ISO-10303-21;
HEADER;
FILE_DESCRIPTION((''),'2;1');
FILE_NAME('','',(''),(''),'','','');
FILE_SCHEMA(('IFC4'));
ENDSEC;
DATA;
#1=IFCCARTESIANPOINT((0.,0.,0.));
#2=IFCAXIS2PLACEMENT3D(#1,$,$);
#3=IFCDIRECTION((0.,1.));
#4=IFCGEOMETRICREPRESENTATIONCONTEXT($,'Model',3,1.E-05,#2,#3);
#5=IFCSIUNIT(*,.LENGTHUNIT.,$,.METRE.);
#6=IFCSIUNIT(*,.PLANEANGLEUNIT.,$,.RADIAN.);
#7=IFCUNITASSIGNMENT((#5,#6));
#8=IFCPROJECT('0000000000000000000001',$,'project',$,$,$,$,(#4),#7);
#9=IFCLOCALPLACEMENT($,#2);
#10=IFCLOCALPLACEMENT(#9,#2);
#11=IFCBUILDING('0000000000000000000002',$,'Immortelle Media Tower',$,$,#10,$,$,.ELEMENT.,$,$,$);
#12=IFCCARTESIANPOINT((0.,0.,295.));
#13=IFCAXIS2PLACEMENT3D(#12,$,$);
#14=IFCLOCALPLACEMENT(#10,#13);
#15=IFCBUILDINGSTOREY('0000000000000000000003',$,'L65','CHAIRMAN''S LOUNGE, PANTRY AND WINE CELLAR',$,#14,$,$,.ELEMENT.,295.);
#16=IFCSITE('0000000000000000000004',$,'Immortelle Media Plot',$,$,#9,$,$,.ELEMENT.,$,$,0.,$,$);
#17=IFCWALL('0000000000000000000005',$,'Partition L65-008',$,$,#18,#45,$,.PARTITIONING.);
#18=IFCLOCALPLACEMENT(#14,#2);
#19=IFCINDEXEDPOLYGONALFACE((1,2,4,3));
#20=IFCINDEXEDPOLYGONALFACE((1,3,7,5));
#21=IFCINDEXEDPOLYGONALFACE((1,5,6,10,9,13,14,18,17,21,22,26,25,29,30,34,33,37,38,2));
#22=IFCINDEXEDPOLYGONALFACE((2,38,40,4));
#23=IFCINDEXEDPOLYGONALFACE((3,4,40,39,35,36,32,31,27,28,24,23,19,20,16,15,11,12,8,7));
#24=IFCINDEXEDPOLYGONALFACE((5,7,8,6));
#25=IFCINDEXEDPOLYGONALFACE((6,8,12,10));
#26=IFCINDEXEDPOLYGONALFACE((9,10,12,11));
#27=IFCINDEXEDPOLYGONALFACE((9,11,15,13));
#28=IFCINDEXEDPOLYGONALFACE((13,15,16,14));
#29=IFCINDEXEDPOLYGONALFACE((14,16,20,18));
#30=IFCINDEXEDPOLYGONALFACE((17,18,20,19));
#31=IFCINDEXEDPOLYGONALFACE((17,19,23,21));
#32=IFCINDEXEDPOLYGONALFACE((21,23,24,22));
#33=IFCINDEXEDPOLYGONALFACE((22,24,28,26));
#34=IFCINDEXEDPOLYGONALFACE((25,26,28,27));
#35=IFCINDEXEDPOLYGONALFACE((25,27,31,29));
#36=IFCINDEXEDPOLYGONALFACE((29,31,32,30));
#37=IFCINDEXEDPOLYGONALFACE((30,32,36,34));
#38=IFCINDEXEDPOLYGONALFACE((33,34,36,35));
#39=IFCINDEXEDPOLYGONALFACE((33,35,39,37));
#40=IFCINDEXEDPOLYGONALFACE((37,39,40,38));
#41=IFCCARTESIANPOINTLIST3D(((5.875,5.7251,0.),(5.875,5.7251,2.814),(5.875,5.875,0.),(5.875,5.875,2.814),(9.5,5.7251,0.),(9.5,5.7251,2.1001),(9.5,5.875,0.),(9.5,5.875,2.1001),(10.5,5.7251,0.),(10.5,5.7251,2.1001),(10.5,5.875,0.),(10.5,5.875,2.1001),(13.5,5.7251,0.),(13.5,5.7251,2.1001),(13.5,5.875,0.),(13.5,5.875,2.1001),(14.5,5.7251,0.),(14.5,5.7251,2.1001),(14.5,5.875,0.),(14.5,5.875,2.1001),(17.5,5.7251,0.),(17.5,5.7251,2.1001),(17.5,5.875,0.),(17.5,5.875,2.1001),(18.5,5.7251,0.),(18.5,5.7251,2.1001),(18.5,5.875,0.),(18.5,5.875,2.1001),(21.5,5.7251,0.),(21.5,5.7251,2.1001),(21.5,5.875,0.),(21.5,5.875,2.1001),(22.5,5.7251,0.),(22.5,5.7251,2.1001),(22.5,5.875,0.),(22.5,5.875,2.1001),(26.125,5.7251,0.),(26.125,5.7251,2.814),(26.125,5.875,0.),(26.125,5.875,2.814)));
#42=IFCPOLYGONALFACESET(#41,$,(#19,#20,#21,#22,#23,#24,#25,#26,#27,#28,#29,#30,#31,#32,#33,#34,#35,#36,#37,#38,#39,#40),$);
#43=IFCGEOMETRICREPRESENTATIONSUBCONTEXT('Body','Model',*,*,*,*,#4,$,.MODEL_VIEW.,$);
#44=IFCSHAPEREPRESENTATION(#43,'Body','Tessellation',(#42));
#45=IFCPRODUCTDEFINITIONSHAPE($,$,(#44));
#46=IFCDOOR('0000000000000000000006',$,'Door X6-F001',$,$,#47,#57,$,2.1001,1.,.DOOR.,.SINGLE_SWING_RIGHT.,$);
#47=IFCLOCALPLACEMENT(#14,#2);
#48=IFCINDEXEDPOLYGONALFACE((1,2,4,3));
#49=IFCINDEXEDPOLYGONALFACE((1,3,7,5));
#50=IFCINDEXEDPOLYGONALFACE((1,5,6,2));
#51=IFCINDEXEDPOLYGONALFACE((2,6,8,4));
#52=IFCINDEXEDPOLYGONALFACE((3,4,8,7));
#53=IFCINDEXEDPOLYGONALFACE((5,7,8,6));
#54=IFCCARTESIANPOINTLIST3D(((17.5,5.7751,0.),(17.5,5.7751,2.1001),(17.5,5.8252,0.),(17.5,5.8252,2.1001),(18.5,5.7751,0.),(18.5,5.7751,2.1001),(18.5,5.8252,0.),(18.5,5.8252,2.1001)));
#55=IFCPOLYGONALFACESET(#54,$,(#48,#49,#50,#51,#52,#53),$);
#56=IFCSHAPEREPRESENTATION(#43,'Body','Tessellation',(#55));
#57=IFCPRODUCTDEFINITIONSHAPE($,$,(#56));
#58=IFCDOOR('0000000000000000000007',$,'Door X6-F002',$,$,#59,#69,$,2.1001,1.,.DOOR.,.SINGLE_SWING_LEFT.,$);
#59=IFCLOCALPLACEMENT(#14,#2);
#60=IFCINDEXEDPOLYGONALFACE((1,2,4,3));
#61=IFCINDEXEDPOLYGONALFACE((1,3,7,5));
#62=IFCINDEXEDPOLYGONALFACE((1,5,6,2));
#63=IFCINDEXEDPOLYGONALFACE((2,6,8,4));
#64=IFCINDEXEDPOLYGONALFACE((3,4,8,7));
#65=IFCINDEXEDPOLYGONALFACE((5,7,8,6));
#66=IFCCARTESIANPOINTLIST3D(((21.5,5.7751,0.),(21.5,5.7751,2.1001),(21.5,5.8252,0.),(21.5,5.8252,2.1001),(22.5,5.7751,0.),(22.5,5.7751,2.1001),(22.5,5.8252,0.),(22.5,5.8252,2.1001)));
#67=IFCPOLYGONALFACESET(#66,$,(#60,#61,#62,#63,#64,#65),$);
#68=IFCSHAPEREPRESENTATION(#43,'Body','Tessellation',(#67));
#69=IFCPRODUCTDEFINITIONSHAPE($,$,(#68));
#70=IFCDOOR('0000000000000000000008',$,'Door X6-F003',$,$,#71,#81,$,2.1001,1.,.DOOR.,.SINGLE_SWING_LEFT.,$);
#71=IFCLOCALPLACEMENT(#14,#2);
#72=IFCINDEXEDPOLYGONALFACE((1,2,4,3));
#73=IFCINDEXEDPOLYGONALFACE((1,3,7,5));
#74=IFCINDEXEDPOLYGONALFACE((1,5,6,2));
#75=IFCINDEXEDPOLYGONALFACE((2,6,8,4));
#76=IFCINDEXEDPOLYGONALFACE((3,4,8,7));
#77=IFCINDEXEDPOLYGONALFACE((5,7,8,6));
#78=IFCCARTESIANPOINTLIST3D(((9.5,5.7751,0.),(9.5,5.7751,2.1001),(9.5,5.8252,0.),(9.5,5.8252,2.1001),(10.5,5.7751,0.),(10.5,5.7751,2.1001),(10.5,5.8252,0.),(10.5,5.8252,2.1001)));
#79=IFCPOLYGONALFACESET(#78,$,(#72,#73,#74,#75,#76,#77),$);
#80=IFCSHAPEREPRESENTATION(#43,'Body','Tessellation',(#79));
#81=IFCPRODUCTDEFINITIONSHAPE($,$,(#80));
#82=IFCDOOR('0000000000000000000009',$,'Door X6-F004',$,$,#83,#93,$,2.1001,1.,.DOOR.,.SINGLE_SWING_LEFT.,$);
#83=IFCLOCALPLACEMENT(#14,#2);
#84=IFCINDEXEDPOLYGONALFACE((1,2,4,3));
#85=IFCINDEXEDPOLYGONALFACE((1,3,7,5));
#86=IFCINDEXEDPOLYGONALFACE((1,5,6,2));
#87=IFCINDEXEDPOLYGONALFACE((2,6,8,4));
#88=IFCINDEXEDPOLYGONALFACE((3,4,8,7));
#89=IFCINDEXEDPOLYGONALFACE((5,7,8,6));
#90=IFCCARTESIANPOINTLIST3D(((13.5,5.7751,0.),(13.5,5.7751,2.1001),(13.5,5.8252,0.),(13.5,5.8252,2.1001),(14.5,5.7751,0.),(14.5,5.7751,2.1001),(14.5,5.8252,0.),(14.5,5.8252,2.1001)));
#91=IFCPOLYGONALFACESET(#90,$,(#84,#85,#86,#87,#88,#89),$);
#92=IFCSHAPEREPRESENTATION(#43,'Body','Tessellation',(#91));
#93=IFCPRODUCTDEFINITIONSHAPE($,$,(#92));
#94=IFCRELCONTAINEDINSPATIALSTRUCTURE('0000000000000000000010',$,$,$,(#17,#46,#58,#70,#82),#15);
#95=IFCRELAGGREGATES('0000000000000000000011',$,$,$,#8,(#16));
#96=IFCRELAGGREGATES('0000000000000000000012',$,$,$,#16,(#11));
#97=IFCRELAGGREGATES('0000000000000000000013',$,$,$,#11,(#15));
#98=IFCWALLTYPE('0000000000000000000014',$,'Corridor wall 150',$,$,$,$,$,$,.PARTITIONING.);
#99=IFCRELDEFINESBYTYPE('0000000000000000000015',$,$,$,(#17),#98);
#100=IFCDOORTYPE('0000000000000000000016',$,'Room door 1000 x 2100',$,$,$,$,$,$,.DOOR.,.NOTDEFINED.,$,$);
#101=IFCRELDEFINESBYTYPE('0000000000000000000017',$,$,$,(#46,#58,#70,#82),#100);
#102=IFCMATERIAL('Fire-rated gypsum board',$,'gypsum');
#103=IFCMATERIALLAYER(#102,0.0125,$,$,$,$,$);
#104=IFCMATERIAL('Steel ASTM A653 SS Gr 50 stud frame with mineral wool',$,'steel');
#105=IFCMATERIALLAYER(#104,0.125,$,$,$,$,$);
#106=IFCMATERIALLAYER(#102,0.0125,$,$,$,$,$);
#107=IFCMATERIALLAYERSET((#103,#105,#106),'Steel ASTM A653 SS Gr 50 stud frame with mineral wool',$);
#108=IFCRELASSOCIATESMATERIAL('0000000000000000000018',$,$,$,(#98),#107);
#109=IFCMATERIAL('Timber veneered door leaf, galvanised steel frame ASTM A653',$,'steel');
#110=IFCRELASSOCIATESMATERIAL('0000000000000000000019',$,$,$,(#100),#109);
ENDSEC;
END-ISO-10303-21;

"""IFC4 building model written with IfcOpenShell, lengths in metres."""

from ifc_helpers import new_model, si_unit, direction, frame, frame_2d, origin, place, context, subcontext, project, spatial, rectangle, extrude, material, layer, layer_set, type_object, element, fill, save


model = new_model("IFC4")

# Units and contexts
model_context = context("Model", 3, precision=1e-05, world=origin(), true_north=direction((0.0, 1.0)))
body_context = subcontext(model_context, "Body", "Model", "MODEL_VIEW")
ifc_project = project(units=[si_unit("LENGTHUNIT", "METRE"), si_unit("PLANEANGLEUNIT", "RADIAN")], contexts=[model_context])

# Site, building, storey
site_placement = place(None, origin())
site = spatial("IfcSite", under=ifc_project, at=site_placement, Name="Immortelle Media Plot", CompositionType="ELEMENT", RefElevation=0.0)
building_placement = place(site_placement, origin())
building = spatial("IfcBuilding", under=site, at=building_placement, Name="Immortelle Media Tower", CompositionType="ELEMENT")
storey_placement = place(building_placement, frame((0.0, 0.0, 295.0)))
storey = spatial("IfcBuildingStorey", under=building, at=storey_placement, Name="L65", Description="CHAIRMAN'S LOUNGE, PANTRY AND WINE CELLAR", CompositionType="ELEMENT", Elevation=295.0)

# Wall, openings, doors
ifc_material_1 = material(Name="Fire-rated gypsum board", Category="gypsum")
ifc_layer_1 = layer(ifc_material_1, 0.0125)
ifc_material_2 = material(Name="Steel ASTM A653 SS Gr 50 stud frame with mineral wool", Category="steel")
ifc_layer_2 = layer(ifc_material_2, 0.125)
ifc_layer_3 = layer(ifc_material_1, 0.0125)
ifc_layer_set_1 = layer_set([ifc_layer_1, ifc_layer_2, ifc_layer_3], Name="Steel ASTM A653 SS Gr 50 stud frame with mineral wool")
wall_type_1 = type_object("IfcWallType", Name="Corridor wall 150", PredefinedType="PARTITIONING", material=ifc_layer_set_1)
wall_1_placement = place(storey_placement, frame((5.875, 5.8, 0.0), z_axis=(0.0, 0.0, 1.0), x_axis=(1.0, 0.0, 0.0)))
wall_1 = element("IfcWall", 1, at=wall_1_placement, inside=storey, type_object=wall_type_1, Name="Partition L65-008", PredefinedType="PARTITIONING", context=body_context, shape_type="SweptSolid", body=[
    extrude(rectangle(XDim=20.25, YDim=0.1499, at=frame_2d((10.125, 0.0))), origin(), (0.0, 0.0, 1.0), 2.814),
])
opening_1_placement = place(wall_1_placement, frame((12.625, 0.0, 0.0), z_axis=(0.0, 0.0, 1.0), x_axis=(-1.0, 0.0, 0.0)))
opening_1 = element("IfcOpeningElement", 2, at=opening_1_placement, cuts=wall_1, PredefinedType="OPENING", context=body_context, shape_type="SweptSolid", body=[
    extrude(rectangle(XDim=1.0, YDim=2.1001, at=frame_2d((0.5, 1.05))), frame((0.0, 0.085, 0.0), z_axis=(0.0, -1.0, 0.0), x_axis=(1.0, 0.0, 0.0)), (0.0, 0.0, 1.0), 0.1699),
])
opening_2_placement = place(wall_1_placement, frame((16.625, 0.0, 0.0), z_axis=(0.0, 0.0, 1.0), x_axis=(-1.0, 0.0, 0.0)))
opening_2 = element("IfcOpeningElement", 3, at=opening_2_placement, cuts=wall_1, PredefinedType="OPENING", context=body_context, shape_type="SweptSolid", body=[
    extrude(rectangle(XDim=1.0, YDim=2.1001, at=frame_2d((0.5, 1.05))), frame((0.0, 0.085, 0.0), z_axis=(0.0, -1.0, 0.0), x_axis=(1.0, 0.0, 0.0)), (0.0, 0.0, 1.0), 0.1699),
])
opening_3_placement = place(wall_1_placement, frame((4.625, 0.0, 0.0), z_axis=(0.0, 0.0, 1.0), x_axis=(-1.0, 0.0, 0.0)))
opening_3 = element("IfcOpeningElement", 4, at=opening_3_placement, cuts=wall_1, PredefinedType="OPENING", context=body_context, shape_type="SweptSolid", body=[
    extrude(rectangle(XDim=1.0, YDim=2.1001, at=frame_2d((0.5, 1.05))), frame((0.0, 0.085, 0.0), z_axis=(0.0, -1.0, 0.0), x_axis=(1.0, 0.0, 0.0)), (0.0, 0.0, 1.0), 0.1699),
])
opening_4_placement = place(wall_1_placement, frame((8.625, 0.0, 0.0), z_axis=(0.0, 0.0, 1.0), x_axis=(-1.0, 0.0, 0.0)))
opening_4 = element("IfcOpeningElement", 5, at=opening_4_placement, cuts=wall_1, PredefinedType="OPENING", context=body_context, shape_type="SweptSolid", body=[
    extrude(rectangle(XDim=1.0, YDim=2.1001, at=frame_2d((0.5, 1.05))), frame((0.0, 0.085, 0.0), z_axis=(0.0, -1.0, 0.0), x_axis=(1.0, 0.0, 0.0)), (0.0, 0.0, 1.0), 0.1699),
])
ifc_material_3 = material(Name="Timber veneered door leaf, galvanised steel frame ASTM A653", Category="steel")
door_type_1 = type_object("IfcDoorType", Name="Room door 1000 x 2100", OperationType="NOTDEFINED", PredefinedType="DOOR", material=ifc_material_3)
door_1_placement = place(opening_1_placement, origin())
door_1 = element("IfcDoor", 6, at=door_1_placement, inside=storey, type_object=door_type_1, Name="Door X6-F001", OperationType="SINGLE_SWING_RIGHT", OverallHeight=2.1001, OverallWidth=1.0, PredefinedType="DOOR", context=body_context, shape_type="SweptSolid", body=[
    extrude(rectangle(XDim=1.0, YDim=2.1001, at=frame_2d((0.5, 1.05))), frame((0.0, 0.0249, 0.0), z_axis=(0.0, -1.0, 0.0), x_axis=(1.0, 0.0, 0.0)), (0.0, 0.0, 1.0), 0.05),
])
fill(opening_1, door_1)
door_2_placement = place(opening_2_placement, origin())
door_2 = element("IfcDoor", 7, at=door_2_placement, inside=storey, type_object=door_type_1, Name="Door X6-F002", OperationType="SINGLE_SWING_LEFT", OverallHeight=2.1001, OverallWidth=1.0, PredefinedType="DOOR", context=body_context, shape_type="SweptSolid", body=[
    extrude(rectangle(XDim=1.0, YDim=2.1001, at=frame_2d((0.5, 1.05))), frame((0.0, 0.0249, 0.0), z_axis=(0.0, -1.0, 0.0), x_axis=(1.0, 0.0, 0.0)), (0.0, 0.0, 1.0), 0.05),
])
fill(opening_2, door_2)
door_3_placement = place(opening_3_placement, origin())
door_3 = element("IfcDoor", 8, at=door_3_placement, inside=storey, type_object=door_type_1, Name="Door X6-F003", OperationType="SINGLE_SWING_LEFT", OverallHeight=2.1001, OverallWidth=1.0, PredefinedType="DOOR", context=body_context, shape_type="SweptSolid", body=[
    extrude(rectangle(XDim=1.0, YDim=2.1001, at=frame_2d((0.5, 1.05))), frame((0.0, 0.0249, 0.0), z_axis=(0.0, -1.0, 0.0), x_axis=(1.0, 0.0, 0.0)), (0.0, 0.0, 1.0), 0.05),
])
fill(opening_3, door_3)
door_4_placement = place(opening_4_placement, origin())
door_4 = element("IfcDoor", 9, at=door_4_placement, inside=storey, type_object=door_type_1, Name="Door X6-F004", OperationType="SINGLE_SWING_LEFT", OverallHeight=2.1001, OverallWidth=1.0, PredefinedType="DOOR", context=body_context, shape_type="SweptSolid", body=[
    extrude(rectangle(XDim=1.0, YDim=2.1001, at=frame_2d((0.5, 1.05))), frame((0.0, 0.0249, 0.0), z_axis=(0.0, -1.0, 0.0), x_axis=(1.0, 0.0, 0.0)), (0.0, 0.0, 1.0), 0.05),
])
fill(opening_4, door_4)

save(model, "model.ifc")
